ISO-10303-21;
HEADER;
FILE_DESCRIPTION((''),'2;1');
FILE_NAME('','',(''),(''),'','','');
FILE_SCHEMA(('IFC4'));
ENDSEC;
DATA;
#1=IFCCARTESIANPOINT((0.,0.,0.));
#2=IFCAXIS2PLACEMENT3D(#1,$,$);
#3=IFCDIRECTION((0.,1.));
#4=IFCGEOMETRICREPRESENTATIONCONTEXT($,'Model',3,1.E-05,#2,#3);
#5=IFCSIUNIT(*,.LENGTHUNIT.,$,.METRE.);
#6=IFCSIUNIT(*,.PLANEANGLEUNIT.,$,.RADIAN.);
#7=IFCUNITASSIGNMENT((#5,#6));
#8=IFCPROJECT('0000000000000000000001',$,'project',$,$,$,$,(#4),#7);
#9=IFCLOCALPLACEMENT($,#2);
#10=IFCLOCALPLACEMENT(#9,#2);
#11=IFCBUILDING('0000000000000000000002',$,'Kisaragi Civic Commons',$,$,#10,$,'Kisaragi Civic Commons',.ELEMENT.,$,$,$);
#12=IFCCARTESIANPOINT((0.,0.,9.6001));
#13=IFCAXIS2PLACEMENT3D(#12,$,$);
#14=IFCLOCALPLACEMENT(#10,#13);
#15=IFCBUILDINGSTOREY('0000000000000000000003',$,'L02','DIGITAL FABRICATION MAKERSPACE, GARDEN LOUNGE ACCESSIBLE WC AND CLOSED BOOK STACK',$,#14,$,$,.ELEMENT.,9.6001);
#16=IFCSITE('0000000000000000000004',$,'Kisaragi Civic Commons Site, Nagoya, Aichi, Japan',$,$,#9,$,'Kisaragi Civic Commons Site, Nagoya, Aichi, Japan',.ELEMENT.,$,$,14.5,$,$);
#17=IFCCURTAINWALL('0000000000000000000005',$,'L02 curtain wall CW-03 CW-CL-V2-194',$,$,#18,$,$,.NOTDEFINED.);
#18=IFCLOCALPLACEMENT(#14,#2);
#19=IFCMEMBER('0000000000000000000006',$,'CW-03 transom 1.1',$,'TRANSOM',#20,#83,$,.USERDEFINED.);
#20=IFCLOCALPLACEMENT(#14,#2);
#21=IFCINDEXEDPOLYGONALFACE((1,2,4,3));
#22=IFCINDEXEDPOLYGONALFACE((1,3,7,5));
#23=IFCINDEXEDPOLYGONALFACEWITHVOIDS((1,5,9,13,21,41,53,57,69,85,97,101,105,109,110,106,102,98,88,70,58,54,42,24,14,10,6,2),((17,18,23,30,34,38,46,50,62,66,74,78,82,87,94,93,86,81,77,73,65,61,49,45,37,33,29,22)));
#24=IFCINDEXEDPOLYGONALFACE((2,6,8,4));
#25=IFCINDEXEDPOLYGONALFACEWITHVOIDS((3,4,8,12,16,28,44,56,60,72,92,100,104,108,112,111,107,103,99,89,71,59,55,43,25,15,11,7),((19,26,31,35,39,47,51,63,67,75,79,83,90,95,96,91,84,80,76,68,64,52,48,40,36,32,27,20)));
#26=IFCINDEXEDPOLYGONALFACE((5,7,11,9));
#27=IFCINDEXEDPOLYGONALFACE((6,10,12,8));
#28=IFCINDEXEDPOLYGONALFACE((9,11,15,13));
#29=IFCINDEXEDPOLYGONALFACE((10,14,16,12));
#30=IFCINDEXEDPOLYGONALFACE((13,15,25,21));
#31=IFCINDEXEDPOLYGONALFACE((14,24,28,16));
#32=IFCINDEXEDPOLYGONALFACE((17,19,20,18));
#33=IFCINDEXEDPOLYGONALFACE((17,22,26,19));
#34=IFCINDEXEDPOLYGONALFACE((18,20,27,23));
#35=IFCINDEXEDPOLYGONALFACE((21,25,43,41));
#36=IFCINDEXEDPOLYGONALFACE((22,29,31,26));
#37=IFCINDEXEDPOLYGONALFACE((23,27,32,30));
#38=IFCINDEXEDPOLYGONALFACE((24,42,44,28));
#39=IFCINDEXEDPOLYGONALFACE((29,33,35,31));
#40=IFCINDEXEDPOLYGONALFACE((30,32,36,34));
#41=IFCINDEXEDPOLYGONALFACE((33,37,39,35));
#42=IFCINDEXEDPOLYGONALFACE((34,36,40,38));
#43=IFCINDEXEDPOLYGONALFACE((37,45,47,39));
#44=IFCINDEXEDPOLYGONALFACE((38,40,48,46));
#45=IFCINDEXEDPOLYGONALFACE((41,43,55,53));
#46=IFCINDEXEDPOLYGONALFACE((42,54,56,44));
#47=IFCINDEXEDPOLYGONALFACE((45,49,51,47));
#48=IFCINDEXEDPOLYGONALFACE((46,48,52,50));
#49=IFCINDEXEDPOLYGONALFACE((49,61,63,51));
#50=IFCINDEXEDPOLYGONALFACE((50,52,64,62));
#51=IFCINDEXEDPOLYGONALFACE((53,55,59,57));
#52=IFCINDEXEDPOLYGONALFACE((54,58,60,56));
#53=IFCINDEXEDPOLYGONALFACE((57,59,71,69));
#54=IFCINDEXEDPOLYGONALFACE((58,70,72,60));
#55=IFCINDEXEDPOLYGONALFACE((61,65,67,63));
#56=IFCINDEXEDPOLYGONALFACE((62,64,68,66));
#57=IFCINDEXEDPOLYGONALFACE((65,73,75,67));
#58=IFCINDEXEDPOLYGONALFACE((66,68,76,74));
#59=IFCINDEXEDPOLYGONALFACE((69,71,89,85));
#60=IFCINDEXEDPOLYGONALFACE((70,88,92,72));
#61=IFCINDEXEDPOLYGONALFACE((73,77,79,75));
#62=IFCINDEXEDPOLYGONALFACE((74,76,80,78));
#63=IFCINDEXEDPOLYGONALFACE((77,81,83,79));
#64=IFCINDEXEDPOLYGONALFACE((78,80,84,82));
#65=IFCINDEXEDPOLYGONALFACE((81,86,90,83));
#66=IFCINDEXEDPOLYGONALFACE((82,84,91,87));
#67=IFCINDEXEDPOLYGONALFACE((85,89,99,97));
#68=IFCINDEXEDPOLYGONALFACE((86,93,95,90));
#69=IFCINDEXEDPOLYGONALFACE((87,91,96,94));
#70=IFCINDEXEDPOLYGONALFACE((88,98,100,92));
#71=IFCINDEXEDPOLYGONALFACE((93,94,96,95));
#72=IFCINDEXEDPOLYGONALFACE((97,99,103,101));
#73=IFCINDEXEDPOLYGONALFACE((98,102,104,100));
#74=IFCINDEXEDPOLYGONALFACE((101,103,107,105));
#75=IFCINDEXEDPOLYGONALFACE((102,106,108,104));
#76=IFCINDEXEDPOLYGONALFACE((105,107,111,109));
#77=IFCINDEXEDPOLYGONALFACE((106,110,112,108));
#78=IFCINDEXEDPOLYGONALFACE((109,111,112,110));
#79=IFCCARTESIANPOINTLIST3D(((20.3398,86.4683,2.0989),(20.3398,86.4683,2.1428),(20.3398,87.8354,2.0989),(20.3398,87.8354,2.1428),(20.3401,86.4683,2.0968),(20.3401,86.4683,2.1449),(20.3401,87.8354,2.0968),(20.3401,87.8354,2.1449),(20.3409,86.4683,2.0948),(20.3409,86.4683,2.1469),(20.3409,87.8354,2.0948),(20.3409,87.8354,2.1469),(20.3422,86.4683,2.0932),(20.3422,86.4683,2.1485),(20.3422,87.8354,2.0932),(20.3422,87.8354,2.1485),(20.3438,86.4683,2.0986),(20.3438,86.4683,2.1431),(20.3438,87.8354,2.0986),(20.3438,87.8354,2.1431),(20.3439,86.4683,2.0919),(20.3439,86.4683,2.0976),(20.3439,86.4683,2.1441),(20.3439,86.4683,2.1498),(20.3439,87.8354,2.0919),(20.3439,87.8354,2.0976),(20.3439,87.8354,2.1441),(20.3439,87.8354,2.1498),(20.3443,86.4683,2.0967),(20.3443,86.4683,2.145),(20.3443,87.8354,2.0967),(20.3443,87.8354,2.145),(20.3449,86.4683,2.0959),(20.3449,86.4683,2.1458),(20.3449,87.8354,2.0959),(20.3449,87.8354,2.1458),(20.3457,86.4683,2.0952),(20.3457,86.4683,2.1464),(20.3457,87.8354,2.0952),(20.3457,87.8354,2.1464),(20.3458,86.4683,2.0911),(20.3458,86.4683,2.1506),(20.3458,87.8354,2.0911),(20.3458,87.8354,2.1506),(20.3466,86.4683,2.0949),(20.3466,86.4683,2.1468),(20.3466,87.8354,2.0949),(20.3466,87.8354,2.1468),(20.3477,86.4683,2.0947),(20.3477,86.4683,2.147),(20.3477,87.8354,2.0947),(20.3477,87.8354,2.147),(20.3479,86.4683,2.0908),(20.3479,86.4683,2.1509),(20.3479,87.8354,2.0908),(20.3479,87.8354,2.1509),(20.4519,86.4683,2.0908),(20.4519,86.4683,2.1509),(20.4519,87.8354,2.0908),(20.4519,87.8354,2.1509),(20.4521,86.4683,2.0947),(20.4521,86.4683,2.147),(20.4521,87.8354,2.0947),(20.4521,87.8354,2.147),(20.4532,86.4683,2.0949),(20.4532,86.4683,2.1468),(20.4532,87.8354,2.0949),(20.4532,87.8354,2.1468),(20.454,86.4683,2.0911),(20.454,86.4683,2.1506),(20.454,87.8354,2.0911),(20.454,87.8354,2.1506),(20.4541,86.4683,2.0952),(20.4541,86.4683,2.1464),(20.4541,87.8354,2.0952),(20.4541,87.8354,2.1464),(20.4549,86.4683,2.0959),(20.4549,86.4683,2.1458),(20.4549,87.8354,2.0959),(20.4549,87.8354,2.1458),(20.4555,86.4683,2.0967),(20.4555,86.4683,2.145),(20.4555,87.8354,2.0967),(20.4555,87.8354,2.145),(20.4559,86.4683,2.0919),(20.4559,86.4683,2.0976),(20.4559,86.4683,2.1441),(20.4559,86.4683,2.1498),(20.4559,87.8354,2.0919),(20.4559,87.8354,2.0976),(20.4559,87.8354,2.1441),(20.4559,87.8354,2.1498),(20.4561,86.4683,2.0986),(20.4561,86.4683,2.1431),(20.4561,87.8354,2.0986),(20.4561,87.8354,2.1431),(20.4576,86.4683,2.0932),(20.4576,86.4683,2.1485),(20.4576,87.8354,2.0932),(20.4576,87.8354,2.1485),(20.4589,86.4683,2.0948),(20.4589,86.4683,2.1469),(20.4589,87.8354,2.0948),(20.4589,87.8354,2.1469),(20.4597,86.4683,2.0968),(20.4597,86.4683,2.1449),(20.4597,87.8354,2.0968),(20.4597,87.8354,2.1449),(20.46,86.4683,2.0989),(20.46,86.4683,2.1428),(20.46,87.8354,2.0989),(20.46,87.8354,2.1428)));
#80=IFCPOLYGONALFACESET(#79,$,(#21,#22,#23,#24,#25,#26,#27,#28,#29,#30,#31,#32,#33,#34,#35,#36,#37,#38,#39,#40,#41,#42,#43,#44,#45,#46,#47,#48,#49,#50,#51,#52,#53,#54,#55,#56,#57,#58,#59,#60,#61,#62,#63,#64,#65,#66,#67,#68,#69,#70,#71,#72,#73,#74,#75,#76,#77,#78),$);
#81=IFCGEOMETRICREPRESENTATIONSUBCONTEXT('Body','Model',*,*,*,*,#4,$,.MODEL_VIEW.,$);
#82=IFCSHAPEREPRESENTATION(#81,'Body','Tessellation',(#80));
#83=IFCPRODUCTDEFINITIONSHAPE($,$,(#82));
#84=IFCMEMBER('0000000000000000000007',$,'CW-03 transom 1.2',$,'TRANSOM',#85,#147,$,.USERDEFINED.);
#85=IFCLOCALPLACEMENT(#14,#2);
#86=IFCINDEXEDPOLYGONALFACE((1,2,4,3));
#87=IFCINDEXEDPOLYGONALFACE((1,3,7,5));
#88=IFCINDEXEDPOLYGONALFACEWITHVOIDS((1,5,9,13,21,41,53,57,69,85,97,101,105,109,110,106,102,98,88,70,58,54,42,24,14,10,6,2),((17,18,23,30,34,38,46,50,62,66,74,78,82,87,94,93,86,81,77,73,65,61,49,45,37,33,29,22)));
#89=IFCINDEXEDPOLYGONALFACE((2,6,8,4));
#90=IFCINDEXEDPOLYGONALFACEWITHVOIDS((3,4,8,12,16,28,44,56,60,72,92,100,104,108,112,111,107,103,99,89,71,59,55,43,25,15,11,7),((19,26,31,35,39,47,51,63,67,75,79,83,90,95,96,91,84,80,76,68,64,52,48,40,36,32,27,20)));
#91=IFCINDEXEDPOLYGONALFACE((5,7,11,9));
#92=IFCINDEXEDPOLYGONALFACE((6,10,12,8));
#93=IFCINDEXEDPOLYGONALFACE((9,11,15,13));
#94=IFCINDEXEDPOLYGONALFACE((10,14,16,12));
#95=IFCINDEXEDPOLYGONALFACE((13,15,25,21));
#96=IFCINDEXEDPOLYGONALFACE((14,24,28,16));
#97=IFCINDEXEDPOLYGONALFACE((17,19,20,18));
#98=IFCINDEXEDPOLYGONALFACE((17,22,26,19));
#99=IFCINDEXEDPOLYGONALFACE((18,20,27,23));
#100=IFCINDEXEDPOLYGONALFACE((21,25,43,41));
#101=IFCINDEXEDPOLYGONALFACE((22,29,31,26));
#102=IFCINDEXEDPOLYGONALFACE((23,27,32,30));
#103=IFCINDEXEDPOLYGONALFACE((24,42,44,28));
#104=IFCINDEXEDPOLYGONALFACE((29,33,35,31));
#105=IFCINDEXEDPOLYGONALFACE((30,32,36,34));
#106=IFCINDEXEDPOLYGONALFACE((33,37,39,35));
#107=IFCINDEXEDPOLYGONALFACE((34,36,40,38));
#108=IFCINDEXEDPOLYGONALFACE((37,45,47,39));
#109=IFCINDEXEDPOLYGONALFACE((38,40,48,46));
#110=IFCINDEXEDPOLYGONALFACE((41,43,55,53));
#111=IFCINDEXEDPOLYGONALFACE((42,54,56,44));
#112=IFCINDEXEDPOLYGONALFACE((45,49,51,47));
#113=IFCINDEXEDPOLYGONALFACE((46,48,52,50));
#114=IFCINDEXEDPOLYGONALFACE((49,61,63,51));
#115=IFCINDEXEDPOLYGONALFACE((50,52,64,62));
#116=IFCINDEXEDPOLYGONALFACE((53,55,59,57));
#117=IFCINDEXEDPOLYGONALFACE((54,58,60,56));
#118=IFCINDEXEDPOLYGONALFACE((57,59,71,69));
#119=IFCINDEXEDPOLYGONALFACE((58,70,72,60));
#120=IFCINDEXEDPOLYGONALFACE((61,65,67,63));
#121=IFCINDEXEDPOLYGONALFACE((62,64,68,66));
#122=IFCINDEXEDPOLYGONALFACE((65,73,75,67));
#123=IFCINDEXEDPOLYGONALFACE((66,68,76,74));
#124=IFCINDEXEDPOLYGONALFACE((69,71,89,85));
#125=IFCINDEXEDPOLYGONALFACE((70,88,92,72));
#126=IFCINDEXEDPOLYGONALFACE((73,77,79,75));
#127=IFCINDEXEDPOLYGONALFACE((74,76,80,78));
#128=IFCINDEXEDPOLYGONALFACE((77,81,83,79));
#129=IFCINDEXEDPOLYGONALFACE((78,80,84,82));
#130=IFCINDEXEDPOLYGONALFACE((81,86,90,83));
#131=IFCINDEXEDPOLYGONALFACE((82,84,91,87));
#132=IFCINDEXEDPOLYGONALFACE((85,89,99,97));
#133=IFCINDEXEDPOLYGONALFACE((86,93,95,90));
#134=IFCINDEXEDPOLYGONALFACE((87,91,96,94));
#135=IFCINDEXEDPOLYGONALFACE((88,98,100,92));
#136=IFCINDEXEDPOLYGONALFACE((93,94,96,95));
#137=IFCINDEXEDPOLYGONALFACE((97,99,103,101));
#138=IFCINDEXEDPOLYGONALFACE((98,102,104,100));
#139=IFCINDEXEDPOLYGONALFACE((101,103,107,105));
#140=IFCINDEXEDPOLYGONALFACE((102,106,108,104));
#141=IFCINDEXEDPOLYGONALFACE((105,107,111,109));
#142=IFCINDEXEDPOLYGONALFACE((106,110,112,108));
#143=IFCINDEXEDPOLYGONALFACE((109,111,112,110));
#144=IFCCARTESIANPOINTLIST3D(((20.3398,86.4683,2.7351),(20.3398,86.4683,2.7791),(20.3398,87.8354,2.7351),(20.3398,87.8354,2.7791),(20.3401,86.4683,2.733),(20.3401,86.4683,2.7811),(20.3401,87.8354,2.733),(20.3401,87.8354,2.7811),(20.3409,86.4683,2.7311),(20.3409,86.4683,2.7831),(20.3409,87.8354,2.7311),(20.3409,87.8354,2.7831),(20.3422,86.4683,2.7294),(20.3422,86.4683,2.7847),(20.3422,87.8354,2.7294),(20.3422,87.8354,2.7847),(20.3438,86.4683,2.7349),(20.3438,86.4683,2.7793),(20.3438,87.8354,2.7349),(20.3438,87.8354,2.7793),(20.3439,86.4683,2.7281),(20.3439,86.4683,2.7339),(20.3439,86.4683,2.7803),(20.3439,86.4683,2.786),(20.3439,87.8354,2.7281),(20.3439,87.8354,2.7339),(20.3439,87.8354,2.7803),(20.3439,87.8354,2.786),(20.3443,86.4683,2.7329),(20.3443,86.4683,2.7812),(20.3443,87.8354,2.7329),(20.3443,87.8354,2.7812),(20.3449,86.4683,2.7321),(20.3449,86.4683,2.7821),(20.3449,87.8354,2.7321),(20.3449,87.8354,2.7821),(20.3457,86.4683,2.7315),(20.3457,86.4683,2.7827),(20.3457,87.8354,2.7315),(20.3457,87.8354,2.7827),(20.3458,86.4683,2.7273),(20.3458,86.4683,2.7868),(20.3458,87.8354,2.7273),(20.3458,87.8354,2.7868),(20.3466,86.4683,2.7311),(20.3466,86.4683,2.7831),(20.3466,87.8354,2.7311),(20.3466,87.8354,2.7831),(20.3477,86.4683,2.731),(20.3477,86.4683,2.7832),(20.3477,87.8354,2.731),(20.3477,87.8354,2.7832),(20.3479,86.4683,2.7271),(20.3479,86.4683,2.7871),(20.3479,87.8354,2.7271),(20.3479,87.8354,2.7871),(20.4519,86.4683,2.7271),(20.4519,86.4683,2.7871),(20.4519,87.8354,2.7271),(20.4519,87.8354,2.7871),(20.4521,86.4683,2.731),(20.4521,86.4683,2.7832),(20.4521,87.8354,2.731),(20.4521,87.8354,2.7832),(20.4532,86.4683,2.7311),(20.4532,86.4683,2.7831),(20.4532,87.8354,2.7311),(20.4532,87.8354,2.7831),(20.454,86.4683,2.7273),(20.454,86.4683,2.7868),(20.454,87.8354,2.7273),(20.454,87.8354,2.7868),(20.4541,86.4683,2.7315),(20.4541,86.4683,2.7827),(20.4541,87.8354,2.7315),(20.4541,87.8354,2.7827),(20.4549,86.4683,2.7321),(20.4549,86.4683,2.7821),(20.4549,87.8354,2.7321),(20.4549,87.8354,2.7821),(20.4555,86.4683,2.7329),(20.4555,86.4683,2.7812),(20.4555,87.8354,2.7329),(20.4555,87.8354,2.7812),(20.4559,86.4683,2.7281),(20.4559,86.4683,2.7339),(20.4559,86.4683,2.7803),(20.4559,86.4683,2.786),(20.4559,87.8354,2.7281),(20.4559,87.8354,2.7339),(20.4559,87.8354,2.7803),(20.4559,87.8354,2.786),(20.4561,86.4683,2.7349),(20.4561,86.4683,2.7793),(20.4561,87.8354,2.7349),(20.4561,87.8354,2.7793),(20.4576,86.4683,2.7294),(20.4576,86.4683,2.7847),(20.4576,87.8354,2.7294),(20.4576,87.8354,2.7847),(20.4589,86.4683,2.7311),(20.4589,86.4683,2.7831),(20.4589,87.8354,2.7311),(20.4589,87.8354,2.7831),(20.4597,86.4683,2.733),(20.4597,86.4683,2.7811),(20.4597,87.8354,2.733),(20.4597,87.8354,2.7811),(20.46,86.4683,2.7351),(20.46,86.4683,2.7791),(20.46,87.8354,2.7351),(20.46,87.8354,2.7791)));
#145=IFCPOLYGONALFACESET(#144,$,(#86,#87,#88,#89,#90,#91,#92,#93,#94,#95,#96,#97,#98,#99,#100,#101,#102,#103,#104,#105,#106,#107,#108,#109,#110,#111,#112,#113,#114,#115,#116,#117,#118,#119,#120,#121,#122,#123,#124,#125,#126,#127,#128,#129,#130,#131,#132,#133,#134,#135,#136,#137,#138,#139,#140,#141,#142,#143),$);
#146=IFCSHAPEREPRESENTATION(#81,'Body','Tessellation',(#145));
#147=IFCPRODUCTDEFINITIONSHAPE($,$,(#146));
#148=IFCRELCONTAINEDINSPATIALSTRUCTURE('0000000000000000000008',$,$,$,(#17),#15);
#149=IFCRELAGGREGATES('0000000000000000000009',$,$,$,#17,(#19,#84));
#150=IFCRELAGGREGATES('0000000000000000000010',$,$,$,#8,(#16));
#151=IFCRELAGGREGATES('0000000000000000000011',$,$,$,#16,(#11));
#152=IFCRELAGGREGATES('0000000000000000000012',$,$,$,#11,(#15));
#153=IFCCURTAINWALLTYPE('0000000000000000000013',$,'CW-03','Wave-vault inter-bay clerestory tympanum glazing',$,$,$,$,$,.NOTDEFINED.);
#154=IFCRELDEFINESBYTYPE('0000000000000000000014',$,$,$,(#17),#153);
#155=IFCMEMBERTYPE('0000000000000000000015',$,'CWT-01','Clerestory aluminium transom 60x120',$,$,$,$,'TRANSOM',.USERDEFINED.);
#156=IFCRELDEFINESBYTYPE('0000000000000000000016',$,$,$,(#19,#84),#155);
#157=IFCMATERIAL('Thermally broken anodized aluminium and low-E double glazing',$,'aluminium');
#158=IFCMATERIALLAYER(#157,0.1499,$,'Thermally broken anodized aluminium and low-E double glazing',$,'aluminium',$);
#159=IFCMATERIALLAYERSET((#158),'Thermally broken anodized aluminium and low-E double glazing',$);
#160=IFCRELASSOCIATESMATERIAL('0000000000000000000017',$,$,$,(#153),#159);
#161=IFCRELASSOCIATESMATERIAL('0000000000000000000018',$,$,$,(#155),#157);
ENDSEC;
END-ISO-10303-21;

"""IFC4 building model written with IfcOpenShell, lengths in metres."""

from ifc_helpers import new_model, si_unit, direction, frame, origin, origin_2d, place, context, subcontext, project, spatial, hollow_rectangle, extrude, material, layer, layer_set, material_profile, profile_set, type_object, element, aggregate, save


model = new_model("IFC4")

# Units and contexts
model_context = context("Model", 3, precision=1e-05, world=origin(), true_north=direction((0.0, 1.0)))
body_context = subcontext(model_context, "Body", "Model", "MODEL_VIEW")
ifc_project = project(units=[si_unit("LENGTHUNIT", "METRE"), si_unit("PLANEANGLEUNIT", "RADIAN")], contexts=[model_context])

# Site, building, storey
site_placement = place(None, origin())
site = spatial("IfcSite", under=ifc_project, at=site_placement, Name="Kisaragi Civic Commons Site, Nagoya, Aichi, Japan", LongName="Kisaragi Civic Commons Site, Nagoya, Aichi, Japan", CompositionType="ELEMENT", RefElevation=14.5)
building_placement = place(site_placement, origin())
building = spatial("IfcBuilding", under=site, at=building_placement, Name="Kisaragi Civic Commons", LongName="Kisaragi Civic Commons", CompositionType="ELEMENT")
storey_placement = place(building_placement, frame((0.0, 0.0, 9.6001)))
storey = spatial("IfcBuildingStorey", under=building, at=storey_placement, Name="L02", Description="DIGITAL FABRICATION MAKERSPACE, GARDEN LOUNGE ACCESSIBLE WC AND CLOSED BOOK STACK", CompositionType="ELEMENT", Elevation=9.6001)

# Shared definitions
ifc_material_1 = material(Name="Thermally broken anodized aluminium and low-E double glazing", Category="aluminium")
ifc_layer_1 = layer(ifc_material_1, 0.1499, Name="Thermally broken anodized aluminium and low-E double glazing", Category="aluminium")
ifc_layer_set_1 = layer_set([ifc_layer_1], Name="Thermally broken anodized aluminium and low-E double glazing")
curtain_wall_type = type_object("IfcCurtainWallType", Name="CW-03", Description="Wave-vault inter-bay clerestory tympanum glazing", PredefinedType="NOTDEFINED", material=ifc_layer_set_1)

# Curtain wall
curtain_wall_1_placement = place(storey_placement, origin())
curtain_wall_1 = element("IfcCurtainWall", 1, at=curtain_wall_1_placement, inside=storey, type_object=curtain_wall_type, Name="L02 curtain wall CW-03 CW-CL-V2-194", PredefinedType="NOTDEFINED")

# Members
ifc_material_profile_1 = material_profile(ifc_material_1, hollow_rectangle(XDim=0.1201, YDim=0.0601, WallThickness=0.0039, InnerFilletRadius=0.0039, OuterFilletRadius=0.0081, at=origin_2d()), Name="CWT-60x120x4", Category="aluminium")
ifc_profile_set_1 = profile_set([ifc_material_profile_1], Name="Thermally broken anodized aluminium and low-E double glazing")
member_type_1 = type_object("IfcMemberType", Name="CWT-01", Description="Clerestory aluminium transom 60x120", ElementType="TRANSOM", PredefinedType="USERDEFINED", material=ifc_profile_set_1)
member_1_placement = place(storey_placement, frame((20.3999, 86.4683, 2.1208), z_axis=(0.0, 1.0, 0.0), x_axis=(-1.0, 0.0, 0.0)))
member_1 = element("IfcMember", 2, at=member_1_placement, type_object=member_type_1, Name="CW-03 transom 1.1", ObjectType="TRANSOM", PredefinedType="USERDEFINED", context=body_context, shape_type="SweptSolid", body=[
    extrude(hollow_rectangle(XDim=0.1201, YDim=0.0601, WallThickness=0.0039, InnerFilletRadius=0.0039, OuterFilletRadius=0.0081, at=origin_2d()), origin(), (0.0, 0.0, 1.0), 1.3672),
])
member_2_placement = place(storey_placement, frame((20.3999, 86.4683, 2.7571), z_axis=(0.0, 1.0, 0.0), x_axis=(-1.0, 0.0, 0.0)))
member_2 = element("IfcMember", 3, at=member_2_placement, type_object=member_type_1, Name="CW-03 transom 1.2", ObjectType="TRANSOM", PredefinedType="USERDEFINED", context=body_context, shape_type="SweptSolid", body=[
    extrude(hollow_rectangle(XDim=0.1201, YDim=0.0601, WallThickness=0.0039, InnerFilletRadius=0.0039, OuterFilletRadius=0.0081, at=origin_2d()), origin(), (0.0, 0.0, 1.0), 1.3672),
])
aggregate(curtain_wall_1, [member_1, member_2])

save(model, "model.ifc")
